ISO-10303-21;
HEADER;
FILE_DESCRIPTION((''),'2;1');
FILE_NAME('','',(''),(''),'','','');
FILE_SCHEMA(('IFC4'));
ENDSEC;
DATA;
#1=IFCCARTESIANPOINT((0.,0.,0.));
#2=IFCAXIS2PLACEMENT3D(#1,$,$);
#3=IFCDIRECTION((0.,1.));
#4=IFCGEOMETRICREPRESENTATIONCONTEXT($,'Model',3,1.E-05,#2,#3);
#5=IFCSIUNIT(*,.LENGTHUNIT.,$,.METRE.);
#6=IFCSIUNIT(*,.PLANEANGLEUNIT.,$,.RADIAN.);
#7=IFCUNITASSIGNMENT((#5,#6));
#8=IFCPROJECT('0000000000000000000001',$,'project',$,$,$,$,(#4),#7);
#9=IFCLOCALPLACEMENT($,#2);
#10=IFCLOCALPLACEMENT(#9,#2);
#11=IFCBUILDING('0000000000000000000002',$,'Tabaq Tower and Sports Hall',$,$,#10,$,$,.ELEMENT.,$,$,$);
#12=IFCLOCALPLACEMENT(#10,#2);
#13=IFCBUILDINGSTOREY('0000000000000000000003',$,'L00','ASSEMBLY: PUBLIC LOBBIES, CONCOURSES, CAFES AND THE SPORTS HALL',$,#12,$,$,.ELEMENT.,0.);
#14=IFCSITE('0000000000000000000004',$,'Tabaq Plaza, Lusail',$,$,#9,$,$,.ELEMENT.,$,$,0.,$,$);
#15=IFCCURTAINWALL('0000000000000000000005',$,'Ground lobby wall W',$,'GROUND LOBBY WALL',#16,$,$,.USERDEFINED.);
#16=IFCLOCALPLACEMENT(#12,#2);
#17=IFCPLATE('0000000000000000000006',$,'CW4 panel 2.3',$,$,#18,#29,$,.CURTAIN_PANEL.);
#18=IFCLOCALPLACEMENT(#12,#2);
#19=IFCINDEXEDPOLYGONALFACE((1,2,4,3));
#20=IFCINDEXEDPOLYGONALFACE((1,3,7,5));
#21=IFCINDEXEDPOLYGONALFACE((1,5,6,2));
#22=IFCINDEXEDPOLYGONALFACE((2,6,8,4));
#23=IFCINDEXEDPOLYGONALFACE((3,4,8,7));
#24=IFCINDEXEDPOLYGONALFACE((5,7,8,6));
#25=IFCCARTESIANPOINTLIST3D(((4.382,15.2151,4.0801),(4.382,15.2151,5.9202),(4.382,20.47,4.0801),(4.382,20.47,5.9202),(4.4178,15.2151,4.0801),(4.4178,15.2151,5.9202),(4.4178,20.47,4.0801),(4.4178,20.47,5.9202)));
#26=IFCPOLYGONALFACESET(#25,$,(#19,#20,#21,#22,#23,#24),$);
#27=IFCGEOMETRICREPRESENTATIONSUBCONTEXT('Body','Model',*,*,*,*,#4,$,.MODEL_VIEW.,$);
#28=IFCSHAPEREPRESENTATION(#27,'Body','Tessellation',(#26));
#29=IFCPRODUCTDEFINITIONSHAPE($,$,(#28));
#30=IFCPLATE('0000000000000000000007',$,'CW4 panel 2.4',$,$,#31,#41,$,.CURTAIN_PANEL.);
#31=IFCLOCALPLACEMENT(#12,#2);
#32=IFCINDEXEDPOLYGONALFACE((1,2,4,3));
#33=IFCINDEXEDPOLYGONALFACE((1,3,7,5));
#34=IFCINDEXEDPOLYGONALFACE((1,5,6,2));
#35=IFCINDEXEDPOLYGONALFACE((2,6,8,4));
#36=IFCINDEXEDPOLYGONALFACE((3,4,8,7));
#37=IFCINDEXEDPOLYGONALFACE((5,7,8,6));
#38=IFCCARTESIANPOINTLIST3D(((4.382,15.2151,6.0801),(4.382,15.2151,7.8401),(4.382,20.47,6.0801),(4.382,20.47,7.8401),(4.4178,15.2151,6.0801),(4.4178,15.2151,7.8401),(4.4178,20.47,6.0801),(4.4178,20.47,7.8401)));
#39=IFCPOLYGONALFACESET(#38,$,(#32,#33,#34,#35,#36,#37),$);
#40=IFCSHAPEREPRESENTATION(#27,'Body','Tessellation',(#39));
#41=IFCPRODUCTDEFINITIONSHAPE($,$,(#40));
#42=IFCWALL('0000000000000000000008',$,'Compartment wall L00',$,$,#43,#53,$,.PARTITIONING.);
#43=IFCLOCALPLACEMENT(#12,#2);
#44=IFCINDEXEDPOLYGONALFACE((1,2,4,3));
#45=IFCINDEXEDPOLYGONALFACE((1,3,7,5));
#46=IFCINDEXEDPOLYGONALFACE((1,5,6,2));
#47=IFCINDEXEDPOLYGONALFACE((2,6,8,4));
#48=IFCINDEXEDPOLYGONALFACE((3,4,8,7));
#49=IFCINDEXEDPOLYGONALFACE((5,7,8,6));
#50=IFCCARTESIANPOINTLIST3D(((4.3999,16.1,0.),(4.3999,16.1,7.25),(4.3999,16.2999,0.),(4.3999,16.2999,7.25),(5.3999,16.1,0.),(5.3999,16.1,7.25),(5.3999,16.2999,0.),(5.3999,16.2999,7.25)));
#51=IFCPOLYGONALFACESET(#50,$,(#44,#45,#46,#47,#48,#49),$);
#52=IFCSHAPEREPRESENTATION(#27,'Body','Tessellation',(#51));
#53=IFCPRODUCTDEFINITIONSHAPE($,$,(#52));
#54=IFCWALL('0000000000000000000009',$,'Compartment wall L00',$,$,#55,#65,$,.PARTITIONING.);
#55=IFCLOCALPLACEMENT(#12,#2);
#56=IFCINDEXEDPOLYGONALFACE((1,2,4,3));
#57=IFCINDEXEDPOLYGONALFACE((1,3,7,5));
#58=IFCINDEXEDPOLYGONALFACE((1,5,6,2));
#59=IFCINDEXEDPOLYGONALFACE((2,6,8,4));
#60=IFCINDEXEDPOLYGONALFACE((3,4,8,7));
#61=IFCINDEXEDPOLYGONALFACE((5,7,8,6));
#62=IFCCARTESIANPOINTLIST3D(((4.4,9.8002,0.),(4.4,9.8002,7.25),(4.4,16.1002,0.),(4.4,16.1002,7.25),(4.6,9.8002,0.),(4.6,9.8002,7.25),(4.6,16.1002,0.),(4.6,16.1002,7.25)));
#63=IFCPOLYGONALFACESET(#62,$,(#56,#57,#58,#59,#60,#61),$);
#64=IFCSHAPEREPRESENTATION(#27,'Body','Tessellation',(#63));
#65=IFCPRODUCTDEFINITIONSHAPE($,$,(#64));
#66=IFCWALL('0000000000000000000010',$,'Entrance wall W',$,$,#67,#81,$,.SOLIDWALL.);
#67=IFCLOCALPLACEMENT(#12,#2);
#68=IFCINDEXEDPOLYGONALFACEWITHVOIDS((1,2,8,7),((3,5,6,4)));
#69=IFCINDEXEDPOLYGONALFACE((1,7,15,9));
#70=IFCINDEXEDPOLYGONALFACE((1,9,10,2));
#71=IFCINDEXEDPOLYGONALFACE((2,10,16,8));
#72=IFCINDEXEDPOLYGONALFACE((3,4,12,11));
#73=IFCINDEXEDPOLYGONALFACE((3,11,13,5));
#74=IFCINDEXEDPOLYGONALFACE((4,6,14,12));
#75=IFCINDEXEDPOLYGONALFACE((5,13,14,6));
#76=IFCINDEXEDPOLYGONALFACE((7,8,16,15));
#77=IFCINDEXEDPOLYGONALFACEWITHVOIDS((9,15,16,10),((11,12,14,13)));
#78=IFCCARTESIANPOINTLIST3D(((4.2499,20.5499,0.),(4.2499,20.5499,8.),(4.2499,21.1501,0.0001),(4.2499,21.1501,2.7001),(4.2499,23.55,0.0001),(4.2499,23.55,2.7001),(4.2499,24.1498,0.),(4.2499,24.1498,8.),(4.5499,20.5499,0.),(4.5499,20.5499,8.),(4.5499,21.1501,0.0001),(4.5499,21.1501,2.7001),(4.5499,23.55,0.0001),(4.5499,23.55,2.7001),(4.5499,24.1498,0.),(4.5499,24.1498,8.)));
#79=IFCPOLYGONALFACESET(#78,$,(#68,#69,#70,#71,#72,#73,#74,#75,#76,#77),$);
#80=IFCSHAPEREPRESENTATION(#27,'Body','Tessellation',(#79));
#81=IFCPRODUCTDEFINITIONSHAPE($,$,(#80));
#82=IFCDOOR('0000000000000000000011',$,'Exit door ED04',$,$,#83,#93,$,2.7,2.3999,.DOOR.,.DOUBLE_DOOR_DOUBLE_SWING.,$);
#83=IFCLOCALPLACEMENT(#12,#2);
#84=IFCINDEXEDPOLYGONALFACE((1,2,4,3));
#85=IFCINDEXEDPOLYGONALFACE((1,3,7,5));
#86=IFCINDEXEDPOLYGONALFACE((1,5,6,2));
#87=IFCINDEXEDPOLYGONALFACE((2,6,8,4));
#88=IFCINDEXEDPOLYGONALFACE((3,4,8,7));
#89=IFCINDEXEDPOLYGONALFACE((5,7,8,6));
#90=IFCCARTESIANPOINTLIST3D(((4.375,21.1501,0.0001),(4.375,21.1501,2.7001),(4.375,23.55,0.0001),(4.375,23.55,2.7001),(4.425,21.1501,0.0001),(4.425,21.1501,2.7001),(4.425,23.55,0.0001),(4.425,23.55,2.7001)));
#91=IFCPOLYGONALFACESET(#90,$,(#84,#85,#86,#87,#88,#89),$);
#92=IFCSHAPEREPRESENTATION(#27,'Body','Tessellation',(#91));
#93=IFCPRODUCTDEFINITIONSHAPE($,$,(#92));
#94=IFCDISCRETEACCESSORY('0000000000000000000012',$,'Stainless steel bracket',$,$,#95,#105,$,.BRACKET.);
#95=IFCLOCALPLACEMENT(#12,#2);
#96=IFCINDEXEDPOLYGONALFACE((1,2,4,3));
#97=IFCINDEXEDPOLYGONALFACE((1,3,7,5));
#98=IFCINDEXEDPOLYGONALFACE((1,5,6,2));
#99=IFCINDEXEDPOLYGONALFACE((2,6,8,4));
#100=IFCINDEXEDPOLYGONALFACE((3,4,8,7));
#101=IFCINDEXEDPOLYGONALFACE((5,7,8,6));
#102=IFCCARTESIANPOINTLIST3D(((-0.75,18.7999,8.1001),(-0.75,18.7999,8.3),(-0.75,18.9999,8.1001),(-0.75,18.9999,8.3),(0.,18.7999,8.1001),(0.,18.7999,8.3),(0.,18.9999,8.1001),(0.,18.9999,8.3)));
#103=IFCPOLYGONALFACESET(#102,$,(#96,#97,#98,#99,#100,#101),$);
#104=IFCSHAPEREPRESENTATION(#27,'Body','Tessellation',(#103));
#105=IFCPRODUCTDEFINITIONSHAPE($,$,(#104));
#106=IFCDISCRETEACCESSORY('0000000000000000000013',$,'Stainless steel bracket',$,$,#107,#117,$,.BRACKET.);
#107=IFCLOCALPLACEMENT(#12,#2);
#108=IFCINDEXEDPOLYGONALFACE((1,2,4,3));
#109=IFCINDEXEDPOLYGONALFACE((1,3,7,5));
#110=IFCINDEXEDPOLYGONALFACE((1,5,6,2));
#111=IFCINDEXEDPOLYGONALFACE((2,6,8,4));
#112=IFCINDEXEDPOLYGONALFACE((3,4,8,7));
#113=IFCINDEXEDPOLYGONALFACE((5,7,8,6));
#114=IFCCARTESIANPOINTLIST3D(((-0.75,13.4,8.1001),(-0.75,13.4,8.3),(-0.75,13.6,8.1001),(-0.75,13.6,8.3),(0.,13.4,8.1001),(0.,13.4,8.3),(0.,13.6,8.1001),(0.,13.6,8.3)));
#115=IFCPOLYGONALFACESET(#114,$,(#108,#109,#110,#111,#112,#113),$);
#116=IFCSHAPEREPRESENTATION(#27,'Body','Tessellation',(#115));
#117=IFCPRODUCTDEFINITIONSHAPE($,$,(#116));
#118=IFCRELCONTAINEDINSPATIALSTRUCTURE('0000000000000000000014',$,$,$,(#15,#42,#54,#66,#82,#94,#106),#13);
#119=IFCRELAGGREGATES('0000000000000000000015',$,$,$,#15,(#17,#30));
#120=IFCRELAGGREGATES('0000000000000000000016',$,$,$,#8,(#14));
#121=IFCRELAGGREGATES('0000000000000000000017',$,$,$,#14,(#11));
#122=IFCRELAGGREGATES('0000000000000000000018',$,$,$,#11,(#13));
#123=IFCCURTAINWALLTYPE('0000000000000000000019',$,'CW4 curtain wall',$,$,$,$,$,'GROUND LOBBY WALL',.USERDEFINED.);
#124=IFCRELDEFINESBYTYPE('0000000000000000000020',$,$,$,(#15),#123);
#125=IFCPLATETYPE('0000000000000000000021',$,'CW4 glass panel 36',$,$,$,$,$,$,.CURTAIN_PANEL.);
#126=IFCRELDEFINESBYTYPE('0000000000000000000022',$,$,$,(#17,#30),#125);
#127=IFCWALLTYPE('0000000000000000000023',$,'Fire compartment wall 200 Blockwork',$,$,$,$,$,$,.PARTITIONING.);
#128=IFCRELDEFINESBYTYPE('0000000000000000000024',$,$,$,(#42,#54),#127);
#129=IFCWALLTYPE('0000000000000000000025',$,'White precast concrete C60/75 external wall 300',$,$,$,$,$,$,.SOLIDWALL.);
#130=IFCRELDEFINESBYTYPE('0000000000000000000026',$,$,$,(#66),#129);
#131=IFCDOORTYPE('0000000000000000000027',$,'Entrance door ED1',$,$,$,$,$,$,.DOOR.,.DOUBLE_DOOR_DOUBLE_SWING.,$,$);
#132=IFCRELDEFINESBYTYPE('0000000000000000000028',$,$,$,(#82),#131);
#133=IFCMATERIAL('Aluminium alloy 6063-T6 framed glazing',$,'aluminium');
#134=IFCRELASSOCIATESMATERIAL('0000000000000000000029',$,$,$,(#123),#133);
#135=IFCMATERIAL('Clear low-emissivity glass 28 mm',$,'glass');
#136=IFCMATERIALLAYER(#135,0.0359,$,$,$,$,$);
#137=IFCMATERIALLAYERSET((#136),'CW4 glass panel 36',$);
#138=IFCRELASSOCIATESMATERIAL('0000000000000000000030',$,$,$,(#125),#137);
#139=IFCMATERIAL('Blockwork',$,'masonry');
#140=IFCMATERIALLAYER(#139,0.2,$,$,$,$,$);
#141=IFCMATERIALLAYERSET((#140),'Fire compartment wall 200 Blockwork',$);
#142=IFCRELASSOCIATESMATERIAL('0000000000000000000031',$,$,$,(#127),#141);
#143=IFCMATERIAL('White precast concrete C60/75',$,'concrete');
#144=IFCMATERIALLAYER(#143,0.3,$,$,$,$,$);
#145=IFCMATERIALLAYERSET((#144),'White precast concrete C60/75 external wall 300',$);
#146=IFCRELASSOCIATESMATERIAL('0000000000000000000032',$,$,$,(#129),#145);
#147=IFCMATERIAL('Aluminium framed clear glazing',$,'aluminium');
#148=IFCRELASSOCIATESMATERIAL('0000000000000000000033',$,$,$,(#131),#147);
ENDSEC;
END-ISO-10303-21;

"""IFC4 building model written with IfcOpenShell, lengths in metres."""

from ifc_helpers import new_model, si_unit, direction, frame, frame_2d, origin, origin_2d, place, context, subcontext, project, spatial, rectangle, extrude, material, layer, layer_set, type_object, element, fill, aggregate, save


model = new_model("IFC4")

# Units and contexts
model_context = context("Model", 3, precision=1e-05, world=origin(), true_north=direction((0.0, 1.0)))
body_context = subcontext(model_context, "Body", "Model", "MODEL_VIEW")
ifc_project = project(units=[si_unit("LENGTHUNIT", "METRE"), si_unit("PLANEANGLEUNIT", "RADIAN")], contexts=[model_context])

# Site, building, storey
site_placement = place(None, origin())
site = spatial("IfcSite", under=ifc_project, at=site_placement, Name="Tabaq Plaza, Lusail", CompositionType="ELEMENT", RefElevation=0.0)
building_placement = place(site_placement, origin())
building = spatial("IfcBuilding", under=site, at=building_placement, Name="Tabaq Tower and Sports Hall", CompositionType="ELEMENT")
storey_placement = place(building_placement, origin())
storey = spatial("IfcBuildingStorey", under=building, at=storey_placement, Name="L00", Description="ASSEMBLY: PUBLIC LOBBIES, CONCOURSES, CAFES AND THE SPORTS HALL", CompositionType="ELEMENT", Elevation=0.0)

# Curtain wall
ifc_material_1 = material(Name="Aluminium alloy 6063-T6 framed glazing", Category="aluminium")
curtain_wall_type = type_object("IfcCurtainWallType", Name="CW4 curtain wall", ElementType="GROUND LOBBY WALL", PredefinedType="USERDEFINED", material=ifc_material_1)
curtain_wall_placement = place(storey_placement, origin())
curtain_wall = element("IfcCurtainWall", 1, at=curtain_wall_placement, inside=storey, type_object=curtain_wall_type, Name="Ground lobby wall W", ObjectType="GROUND LOBBY WALL", PredefinedType="USERDEFINED")

# Plates
ifc_material_2 = material(Name="Clear low-emissivity glass 28 mm", Category="glass")
ifc_layer_1 = layer(ifc_material_2, 0.0359)
ifc_layer_set_1 = layer_set([ifc_layer_1], Name="CW4 glass panel 36")
plate_type = type_object("IfcPlateType", Name="CW4 glass panel 36", PredefinedType="CURTAIN_PANEL", material=ifc_layer_set_1)
plate_1_placement = place(storey_placement, frame((4.3999, 17.8425, 4.0801), z_axis=(0.0, 0.0, 1.0), x_axis=(0.0, 1.0, 0.0)))
plate_1 = element("IfcPlate", 2, at=plate_1_placement, type_object=plate_type, Name="CW4 panel 2.3", PredefinedType="CURTAIN_PANEL", context=body_context, shape_type="SweptSolid", body=[
    extrude(rectangle(XDim=5.2549, YDim=0.0359, at=origin_2d()), origin(), (0.0, 0.0, 1.0), 1.8401),
])
plate_2_placement = place(storey_placement, frame((4.3999, 17.8425, 6.0801), z_axis=(0.0, 0.0, 1.0), x_axis=(0.0, 1.0, 0.0)))
plate_2 = element("IfcPlate", 3, at=plate_2_placement, type_object=plate_type, Name="CW4 panel 2.4", PredefinedType="CURTAIN_PANEL", context=body_context, shape_type="SweptSolid", body=[
    extrude(rectangle(XDim=5.2549, YDim=0.0359, at=origin_2d()), origin(), (0.0, 0.0, 1.0), 1.76),
])
aggregate(curtain_wall, [plate_1, plate_2])

# Walls
ifc_material_3 = material(Name="Blockwork", Category="masonry")
ifc_layer_2 = layer(ifc_material_3, 0.2)
ifc_layer_set_2 = layer_set([ifc_layer_2], Name="Fire compartment wall 200 Blockwork")
wall_type_1 = type_object("IfcWallType", Name="Fire compartment wall 200 Blockwork", PredefinedType="PARTITIONING", material=ifc_layer_set_2)
wall_1_placement = place(storey_placement, frame((5.3999, 16.2, 0.0), z_axis=(0.0, 0.0, 1.0), x_axis=(-1.0, 0.0, 0.0)))
element("IfcWall", 4, at=wall_1_placement, inside=storey, type_object=wall_type_1, Name="Compartment wall L00", PredefinedType="PARTITIONING", context=body_context, shape_type="SweptSolid", body=[
    extrude(rectangle(XDim=1.0, YDim=0.2, at=frame_2d((0.5, 0.0))), origin(), (0.0, 0.0, 1.0), 7.25),
])
wall_2_placement = place(storey_placement, frame((4.5, 16.1001, 0.0), z_axis=(0.0, 0.0, 1.0), x_axis=(0.0, -1.0, 0.0)))
element("IfcWall", 5, at=wall_2_placement, inside=storey, type_object=wall_type_1, Name="Compartment wall L00", PredefinedType="PARTITIONING", context=body_context, shape_type="SweptSolid", body=[
    extrude(rectangle(XDim=6.3, YDim=0.2, at=frame_2d((3.1499, 0.0))), origin(), (0.0, 0.0, 1.0), 7.25),
])

# Wall, opening, door
ifc_material_4 = material(Name="White precast concrete C60/75", Category="concrete")
ifc_layer_3 = layer(ifc_material_4, 0.3)
ifc_layer_set_3 = layer_set([ifc_layer_3], Name="White precast concrete C60/75 external wall 300")
wall_type_2 = type_object("IfcWallType", Name="White precast concrete C60/75 external wall 300", PredefinedType="SOLIDWALL", material=ifc_layer_set_3)
wall_3_placement = place(storey_placement, frame((4.3999, 20.55, 0.0), z_axis=(0.0, 0.0, 1.0), x_axis=(0.0, 1.0, 0.0)))
wall_3 = element("IfcWall", 6, at=wall_3_placement, inside=storey, type_object=wall_type_2, Name="Entrance wall W", PredefinedType="SOLIDWALL", context=body_context, shape_type="SweptSolid", body=[
    extrude(rectangle(XDim=3.5999, YDim=0.3, at=frame_2d((1.7998, 0.0))), origin(), (0.0, 0.0, 1.0), 8.0),
])
opening_1_placement = place(wall_3_placement, frame((0.6001, 0.0, 0.0)))
opening_1 = element("IfcOpeningElement", 7, at=opening_1_placement, cuts=wall_3, PredefinedType="OPENING", context=body_context, shape_type="SweptSolid", body=[
    extrude(rectangle(XDim=2.3999, YDim=2.7, at=frame_2d((1.2, 1.3501))), frame((0.0, 0.1602, 0.0), z_axis=(0.0, -1.0, 0.0), x_axis=(1.0, 0.0, 0.0)), (0.0, 0.0, 1.0), 0.3201),
])
ifc_material_5 = material(Name="Aluminium framed clear glazing", Category="aluminium")
door_type_1 = type_object("IfcDoorType", Name="Entrance door ED1", OperationType="DOUBLE_DOOR_DOUBLE_SWING", PredefinedType="DOOR", material=ifc_material_5)
door_1_placement = place(opening_1_placement, origin())
door_1 = element("IfcDoor", 8, at=door_1_placement, inside=storey, type_object=door_type_1, Name="Exit door ED04", OperationType="DOUBLE_DOOR_DOUBLE_SWING", OverallHeight=2.7, OverallWidth=2.3999, PredefinedType="DOOR", context=body_context, shape_type="SweptSolid", body=[
    extrude(rectangle(XDim=2.3999, YDim=2.7, at=frame_2d((1.2, 1.3501))), frame((0.0, 0.0249, 0.0), z_axis=(0.0, -1.0, 0.0), x_axis=(1.0, 0.0, 0.0)), (0.0, 0.0, 1.0), 0.05),
])
fill(opening_1, door_1)

# Discrete accessories
for number, where, z_axis, x_axis, name in (
    (9, (-0.375, 18.8999, 8.1001), (0.0, 0.0, 1.0), (0.0, 1.0, 0.0), "Stainless steel bracket"),
    (10, (-0.375, 13.5, 8.1001), (0.0, 0.0, 1.0), (0.0, 1.0, 0.0), "Stainless steel bracket"),
):
    element("IfcDiscreteAccessory", number, at=place(storey_placement, frame(where, z_axis=z_axis, x_axis=x_axis)), inside=storey, Name=name, PredefinedType="BRACKET", context=body_context, shape_type="SweptSolid", body=[
        extrude(rectangle(XDim=0.2, YDim=0.75, at=origin_2d()), origin(), (0.0, 0.0, 1.0), 0.2),
    ])

save(model, "model.ifc")
